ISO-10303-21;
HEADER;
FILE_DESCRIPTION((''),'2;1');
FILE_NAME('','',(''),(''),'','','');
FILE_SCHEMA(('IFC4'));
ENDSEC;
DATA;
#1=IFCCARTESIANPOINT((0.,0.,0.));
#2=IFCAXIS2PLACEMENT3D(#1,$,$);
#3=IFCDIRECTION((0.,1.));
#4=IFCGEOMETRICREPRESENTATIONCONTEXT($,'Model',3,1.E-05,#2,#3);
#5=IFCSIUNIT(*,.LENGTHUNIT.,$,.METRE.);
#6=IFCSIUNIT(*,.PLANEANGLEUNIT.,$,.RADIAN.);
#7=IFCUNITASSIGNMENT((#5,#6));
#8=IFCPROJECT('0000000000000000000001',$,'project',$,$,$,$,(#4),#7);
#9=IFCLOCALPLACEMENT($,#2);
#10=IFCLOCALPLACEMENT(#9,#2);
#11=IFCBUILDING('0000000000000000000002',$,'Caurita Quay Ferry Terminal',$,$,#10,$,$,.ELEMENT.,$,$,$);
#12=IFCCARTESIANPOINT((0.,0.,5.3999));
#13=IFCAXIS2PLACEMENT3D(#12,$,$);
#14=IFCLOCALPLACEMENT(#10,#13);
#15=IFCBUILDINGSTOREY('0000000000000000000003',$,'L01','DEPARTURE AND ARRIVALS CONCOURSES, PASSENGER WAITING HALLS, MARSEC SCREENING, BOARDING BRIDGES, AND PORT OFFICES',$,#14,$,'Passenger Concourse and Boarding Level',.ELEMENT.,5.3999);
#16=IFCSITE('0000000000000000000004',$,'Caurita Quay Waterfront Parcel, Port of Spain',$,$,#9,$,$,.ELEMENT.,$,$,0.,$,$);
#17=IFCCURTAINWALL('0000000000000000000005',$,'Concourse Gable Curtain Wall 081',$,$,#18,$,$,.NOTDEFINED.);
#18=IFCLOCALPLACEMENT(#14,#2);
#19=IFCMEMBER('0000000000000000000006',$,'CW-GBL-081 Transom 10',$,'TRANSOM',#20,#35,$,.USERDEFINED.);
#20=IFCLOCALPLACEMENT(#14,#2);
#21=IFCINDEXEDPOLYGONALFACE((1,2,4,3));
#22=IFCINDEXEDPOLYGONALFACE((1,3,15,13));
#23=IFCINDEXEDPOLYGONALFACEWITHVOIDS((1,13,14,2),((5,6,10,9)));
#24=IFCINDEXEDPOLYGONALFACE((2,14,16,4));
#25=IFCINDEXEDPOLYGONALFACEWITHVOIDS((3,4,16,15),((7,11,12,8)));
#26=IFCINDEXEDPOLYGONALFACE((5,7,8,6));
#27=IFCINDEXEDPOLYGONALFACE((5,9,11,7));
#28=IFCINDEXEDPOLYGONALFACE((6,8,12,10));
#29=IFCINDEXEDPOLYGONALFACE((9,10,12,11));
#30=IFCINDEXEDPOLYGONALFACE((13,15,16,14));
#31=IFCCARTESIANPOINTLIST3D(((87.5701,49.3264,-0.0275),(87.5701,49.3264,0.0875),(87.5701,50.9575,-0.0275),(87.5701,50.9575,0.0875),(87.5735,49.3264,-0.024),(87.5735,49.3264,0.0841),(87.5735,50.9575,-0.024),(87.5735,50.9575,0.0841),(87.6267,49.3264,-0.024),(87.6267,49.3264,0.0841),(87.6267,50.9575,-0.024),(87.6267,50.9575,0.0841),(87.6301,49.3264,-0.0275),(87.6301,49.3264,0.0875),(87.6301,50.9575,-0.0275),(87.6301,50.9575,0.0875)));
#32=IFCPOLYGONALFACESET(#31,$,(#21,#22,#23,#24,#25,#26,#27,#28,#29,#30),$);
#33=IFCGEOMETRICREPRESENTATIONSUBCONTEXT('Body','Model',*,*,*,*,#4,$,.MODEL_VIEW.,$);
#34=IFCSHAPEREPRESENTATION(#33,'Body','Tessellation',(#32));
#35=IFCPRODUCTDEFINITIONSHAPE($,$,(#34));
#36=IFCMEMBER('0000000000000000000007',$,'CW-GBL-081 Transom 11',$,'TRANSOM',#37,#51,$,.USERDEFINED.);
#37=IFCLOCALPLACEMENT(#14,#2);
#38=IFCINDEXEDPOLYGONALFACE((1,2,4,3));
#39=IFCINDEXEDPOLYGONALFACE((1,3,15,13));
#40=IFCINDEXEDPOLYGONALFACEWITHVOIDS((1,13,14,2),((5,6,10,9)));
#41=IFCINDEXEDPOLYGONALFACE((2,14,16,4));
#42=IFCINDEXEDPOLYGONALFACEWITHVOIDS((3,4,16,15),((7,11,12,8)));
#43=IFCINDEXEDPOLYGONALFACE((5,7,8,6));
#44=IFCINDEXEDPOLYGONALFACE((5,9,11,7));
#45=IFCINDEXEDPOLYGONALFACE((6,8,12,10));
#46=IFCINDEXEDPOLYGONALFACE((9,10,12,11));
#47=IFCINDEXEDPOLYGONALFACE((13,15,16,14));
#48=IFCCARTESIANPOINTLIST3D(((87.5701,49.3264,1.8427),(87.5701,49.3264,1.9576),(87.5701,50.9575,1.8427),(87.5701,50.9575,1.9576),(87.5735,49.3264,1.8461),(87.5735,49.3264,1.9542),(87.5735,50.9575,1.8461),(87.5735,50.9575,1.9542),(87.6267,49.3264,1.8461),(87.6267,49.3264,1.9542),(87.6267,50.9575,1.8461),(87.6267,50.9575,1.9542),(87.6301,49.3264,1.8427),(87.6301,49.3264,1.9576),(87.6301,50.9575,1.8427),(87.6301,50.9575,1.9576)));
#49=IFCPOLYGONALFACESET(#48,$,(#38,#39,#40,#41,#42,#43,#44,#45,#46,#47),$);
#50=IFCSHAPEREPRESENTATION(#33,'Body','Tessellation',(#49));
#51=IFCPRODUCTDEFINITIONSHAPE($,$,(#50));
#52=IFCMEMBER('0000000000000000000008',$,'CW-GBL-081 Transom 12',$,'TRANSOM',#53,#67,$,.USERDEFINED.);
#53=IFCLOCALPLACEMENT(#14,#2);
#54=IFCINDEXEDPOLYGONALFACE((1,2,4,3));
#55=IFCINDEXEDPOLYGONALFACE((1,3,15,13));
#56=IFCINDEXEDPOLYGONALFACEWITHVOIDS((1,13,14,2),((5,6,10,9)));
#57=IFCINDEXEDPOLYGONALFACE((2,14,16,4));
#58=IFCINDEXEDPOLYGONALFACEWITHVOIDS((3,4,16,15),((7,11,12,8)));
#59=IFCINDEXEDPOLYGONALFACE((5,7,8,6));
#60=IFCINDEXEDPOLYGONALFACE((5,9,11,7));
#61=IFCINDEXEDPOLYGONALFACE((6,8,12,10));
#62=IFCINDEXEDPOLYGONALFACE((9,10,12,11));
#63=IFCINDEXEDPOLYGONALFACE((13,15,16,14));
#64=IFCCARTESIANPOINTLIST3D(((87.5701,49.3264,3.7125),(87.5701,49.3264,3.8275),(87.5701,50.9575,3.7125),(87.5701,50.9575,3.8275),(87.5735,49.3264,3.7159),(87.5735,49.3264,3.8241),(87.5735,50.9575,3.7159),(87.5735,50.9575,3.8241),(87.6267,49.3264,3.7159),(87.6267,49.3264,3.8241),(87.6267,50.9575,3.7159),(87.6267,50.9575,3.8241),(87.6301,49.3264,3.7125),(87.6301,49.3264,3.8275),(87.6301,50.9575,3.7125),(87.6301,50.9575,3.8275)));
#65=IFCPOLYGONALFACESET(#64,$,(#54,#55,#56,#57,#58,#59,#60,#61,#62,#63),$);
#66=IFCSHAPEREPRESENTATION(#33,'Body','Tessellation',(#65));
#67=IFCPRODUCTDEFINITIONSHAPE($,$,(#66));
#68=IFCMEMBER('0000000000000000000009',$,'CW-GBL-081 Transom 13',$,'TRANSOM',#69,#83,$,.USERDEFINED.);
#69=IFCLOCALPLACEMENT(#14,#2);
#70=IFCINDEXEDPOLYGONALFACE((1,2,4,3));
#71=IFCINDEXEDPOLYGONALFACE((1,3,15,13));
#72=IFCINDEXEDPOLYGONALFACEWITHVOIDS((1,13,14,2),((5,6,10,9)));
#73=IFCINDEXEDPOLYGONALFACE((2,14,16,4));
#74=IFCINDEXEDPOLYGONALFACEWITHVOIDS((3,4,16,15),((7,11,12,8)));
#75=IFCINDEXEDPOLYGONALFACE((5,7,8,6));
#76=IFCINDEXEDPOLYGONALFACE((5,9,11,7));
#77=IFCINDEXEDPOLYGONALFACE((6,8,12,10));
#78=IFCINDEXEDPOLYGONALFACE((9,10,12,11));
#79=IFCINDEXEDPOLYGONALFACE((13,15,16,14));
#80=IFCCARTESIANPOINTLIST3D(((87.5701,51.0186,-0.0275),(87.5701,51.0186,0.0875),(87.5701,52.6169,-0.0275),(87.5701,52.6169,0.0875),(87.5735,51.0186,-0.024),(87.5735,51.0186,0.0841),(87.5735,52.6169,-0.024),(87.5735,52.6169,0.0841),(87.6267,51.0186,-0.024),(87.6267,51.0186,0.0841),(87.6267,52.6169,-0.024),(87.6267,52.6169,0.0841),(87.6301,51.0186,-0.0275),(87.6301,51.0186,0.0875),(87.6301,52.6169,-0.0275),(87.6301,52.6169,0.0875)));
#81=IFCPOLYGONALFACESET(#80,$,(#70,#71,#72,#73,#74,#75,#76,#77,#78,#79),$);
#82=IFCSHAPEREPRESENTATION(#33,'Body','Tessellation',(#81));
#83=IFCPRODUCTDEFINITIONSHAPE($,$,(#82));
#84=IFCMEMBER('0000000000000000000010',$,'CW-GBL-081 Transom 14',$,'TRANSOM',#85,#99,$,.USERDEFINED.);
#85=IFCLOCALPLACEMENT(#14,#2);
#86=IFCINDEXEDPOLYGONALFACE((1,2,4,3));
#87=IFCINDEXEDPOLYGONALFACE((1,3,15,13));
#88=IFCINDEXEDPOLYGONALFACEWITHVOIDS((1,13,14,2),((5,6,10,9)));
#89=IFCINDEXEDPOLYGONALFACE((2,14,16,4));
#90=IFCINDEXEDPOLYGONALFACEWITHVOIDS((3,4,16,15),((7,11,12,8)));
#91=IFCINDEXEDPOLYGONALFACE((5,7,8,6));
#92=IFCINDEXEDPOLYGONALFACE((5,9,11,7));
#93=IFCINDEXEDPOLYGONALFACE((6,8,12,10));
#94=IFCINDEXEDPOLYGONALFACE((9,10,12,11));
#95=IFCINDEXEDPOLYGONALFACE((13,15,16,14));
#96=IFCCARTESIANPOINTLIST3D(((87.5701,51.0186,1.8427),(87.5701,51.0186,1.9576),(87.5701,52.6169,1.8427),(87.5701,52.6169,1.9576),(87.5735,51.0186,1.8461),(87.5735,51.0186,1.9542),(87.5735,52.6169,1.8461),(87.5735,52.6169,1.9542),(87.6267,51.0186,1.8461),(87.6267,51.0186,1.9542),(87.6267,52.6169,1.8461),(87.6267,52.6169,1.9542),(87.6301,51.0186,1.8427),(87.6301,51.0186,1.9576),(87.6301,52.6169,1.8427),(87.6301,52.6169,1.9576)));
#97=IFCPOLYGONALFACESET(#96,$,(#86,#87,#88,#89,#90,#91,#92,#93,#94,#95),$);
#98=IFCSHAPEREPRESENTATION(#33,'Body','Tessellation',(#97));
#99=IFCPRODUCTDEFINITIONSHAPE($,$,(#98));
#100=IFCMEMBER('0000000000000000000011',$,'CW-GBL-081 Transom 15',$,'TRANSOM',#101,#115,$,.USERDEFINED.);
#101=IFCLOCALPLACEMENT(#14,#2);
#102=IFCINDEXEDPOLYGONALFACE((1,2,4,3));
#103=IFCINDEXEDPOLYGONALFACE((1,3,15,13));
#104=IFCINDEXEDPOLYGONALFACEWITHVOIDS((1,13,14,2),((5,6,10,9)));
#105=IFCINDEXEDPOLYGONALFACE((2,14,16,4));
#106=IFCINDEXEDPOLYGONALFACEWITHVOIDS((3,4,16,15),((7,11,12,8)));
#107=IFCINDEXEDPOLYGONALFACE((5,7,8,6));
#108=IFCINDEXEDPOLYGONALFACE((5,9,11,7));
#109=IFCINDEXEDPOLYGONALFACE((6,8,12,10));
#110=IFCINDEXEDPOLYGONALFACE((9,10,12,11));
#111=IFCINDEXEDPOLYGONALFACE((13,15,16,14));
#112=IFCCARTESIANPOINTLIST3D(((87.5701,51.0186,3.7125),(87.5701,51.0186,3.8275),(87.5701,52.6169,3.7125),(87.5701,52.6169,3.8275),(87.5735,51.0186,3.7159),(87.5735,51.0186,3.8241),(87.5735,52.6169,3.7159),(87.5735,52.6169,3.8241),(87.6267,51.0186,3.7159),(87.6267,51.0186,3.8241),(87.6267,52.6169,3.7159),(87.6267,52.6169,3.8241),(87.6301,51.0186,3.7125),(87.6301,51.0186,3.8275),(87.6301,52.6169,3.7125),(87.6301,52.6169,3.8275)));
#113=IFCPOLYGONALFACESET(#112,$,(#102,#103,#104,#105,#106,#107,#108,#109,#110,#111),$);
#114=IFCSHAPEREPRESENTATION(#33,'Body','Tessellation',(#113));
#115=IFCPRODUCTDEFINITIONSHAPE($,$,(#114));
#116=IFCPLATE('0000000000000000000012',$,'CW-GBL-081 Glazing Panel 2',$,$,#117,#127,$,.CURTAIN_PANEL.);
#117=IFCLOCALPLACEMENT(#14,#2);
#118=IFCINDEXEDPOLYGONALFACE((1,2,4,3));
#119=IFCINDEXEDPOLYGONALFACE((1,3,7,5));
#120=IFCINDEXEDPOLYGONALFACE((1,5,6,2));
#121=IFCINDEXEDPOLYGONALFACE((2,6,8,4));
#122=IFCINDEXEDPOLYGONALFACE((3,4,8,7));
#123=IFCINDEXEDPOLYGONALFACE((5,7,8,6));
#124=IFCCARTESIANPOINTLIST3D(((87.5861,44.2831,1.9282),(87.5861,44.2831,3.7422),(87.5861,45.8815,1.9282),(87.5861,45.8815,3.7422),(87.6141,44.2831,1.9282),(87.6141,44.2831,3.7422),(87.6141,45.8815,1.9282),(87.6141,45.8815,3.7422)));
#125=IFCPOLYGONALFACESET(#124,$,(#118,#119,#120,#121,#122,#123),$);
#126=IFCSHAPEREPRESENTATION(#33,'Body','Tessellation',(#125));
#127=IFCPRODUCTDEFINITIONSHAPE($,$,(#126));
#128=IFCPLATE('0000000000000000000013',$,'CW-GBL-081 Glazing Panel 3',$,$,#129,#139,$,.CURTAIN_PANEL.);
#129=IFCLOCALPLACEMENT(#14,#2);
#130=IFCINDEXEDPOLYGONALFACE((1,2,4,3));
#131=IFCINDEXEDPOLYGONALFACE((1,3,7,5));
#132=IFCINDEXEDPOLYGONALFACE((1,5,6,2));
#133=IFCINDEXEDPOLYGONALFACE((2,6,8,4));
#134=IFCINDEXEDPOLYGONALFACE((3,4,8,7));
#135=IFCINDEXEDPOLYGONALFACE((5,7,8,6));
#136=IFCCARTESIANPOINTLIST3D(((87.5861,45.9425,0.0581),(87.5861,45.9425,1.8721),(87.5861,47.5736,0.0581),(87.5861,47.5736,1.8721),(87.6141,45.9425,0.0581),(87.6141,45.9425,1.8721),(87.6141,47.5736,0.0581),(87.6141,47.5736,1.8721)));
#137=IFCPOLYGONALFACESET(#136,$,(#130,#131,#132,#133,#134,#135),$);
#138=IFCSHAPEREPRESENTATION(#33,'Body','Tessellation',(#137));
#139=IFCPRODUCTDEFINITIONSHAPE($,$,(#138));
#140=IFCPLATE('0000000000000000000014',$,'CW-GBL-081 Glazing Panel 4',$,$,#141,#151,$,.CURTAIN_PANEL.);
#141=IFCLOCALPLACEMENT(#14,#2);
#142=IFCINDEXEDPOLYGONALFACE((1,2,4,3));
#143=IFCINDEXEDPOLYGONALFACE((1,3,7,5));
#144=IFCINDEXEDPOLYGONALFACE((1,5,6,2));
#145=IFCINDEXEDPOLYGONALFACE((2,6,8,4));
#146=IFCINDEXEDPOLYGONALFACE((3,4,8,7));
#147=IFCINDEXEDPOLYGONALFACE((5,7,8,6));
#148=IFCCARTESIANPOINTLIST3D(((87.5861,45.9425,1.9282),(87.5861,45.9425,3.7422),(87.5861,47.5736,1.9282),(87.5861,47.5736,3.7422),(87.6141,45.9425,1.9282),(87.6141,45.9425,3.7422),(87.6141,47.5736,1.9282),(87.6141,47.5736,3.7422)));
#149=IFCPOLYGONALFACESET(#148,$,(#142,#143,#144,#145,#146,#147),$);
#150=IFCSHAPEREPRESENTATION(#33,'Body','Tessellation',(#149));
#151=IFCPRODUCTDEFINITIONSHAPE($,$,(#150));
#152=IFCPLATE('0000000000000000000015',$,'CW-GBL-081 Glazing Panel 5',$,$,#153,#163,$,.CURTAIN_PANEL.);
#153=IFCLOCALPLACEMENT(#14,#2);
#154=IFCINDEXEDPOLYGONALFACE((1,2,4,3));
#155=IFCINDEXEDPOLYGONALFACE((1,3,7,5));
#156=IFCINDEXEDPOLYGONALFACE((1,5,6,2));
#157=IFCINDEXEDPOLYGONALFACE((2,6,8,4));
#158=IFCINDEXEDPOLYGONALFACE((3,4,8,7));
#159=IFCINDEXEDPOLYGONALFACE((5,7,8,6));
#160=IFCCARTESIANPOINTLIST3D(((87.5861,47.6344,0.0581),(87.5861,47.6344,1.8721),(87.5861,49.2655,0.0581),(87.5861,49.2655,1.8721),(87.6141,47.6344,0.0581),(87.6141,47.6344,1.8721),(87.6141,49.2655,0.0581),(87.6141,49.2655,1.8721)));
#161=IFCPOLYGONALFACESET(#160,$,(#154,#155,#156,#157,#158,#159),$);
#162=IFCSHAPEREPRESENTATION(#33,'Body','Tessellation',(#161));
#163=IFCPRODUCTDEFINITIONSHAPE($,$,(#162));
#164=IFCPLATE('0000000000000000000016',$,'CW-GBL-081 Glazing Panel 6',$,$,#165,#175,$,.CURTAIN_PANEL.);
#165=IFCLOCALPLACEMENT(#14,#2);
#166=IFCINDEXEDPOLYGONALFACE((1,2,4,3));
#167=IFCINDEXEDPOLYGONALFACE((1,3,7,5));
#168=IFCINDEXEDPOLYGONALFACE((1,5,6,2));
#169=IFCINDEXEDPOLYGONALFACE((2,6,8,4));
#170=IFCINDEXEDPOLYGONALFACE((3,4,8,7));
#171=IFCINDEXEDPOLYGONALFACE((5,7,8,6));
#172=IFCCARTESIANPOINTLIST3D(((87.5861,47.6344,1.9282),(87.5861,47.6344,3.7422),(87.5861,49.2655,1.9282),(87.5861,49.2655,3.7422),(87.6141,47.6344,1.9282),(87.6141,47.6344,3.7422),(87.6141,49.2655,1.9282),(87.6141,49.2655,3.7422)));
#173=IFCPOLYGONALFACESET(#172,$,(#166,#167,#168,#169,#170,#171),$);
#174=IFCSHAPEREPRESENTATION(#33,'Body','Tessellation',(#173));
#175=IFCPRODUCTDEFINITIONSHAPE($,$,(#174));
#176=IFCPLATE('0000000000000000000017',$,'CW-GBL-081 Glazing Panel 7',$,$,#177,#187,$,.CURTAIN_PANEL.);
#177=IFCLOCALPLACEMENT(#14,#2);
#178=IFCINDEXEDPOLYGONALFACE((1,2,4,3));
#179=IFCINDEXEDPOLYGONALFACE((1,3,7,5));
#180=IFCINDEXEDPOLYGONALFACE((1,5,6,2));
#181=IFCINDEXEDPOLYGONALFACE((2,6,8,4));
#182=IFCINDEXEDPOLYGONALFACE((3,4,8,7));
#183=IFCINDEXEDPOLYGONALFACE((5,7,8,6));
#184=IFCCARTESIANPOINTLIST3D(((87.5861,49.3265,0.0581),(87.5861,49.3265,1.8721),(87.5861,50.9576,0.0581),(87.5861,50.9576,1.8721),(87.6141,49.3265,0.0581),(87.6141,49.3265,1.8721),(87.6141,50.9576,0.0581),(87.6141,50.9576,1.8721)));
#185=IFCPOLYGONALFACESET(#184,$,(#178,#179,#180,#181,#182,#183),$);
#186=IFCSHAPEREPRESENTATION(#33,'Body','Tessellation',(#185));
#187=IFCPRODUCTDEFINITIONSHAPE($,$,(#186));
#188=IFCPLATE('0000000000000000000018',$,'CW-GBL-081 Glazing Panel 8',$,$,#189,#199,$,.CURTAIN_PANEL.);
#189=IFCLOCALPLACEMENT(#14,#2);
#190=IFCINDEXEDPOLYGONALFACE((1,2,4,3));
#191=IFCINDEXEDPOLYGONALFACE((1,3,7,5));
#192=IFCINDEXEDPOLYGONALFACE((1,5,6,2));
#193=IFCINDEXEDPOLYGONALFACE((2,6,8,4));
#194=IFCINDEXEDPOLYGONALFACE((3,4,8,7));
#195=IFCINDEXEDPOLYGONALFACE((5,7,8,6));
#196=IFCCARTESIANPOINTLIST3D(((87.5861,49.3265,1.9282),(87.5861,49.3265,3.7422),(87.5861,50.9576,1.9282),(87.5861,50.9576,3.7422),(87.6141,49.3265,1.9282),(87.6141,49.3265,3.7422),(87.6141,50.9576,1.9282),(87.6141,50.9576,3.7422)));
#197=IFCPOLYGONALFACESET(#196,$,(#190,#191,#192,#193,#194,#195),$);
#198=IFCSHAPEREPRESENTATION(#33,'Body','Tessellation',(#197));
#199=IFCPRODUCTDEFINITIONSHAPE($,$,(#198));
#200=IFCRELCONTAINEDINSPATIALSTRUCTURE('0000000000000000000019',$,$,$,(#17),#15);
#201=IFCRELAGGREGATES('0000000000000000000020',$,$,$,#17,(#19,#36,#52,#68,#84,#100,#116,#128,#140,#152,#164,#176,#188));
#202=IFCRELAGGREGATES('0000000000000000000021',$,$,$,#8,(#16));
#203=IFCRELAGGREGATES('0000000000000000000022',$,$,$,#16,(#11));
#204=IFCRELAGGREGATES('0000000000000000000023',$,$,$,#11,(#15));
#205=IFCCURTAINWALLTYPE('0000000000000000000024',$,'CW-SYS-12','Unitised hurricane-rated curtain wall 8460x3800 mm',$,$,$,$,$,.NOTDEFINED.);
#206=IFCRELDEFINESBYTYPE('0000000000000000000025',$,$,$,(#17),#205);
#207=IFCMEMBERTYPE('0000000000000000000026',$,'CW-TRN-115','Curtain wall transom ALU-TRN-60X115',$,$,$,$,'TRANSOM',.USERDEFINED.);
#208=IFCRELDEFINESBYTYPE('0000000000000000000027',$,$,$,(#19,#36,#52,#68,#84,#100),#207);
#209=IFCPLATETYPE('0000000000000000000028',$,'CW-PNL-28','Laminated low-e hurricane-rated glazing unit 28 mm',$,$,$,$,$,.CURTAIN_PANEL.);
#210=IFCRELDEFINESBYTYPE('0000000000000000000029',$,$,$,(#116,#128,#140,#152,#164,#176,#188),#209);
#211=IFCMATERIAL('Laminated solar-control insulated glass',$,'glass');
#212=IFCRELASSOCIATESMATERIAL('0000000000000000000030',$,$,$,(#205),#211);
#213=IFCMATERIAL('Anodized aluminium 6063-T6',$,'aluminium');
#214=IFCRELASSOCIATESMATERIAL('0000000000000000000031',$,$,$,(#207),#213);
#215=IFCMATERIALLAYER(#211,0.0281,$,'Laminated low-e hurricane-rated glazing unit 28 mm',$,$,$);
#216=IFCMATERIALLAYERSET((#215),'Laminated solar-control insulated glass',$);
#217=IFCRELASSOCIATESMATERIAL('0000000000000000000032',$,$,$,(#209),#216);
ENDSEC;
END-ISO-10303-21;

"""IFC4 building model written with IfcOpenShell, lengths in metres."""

from ifc_helpers import new_model, si_unit, direction, frame, origin, origin_2d, place, context, subcontext, project, spatial, rectangle, hollow_rectangle, extrude, material, layer, layer_set, material_profile, profile_set, type_object, element, aggregate, save


model = new_model("IFC4")

# Units and contexts
model_context = context("Model", 3, precision=1e-05, world=origin(), true_north=direction((0.0, 1.0)))
body_context = subcontext(model_context, "Body", "Model", "MODEL_VIEW")
ifc_project = project(units=[si_unit("LENGTHUNIT", "METRE"), si_unit("PLANEANGLEUNIT", "RADIAN")], contexts=[model_context])

# Site, building, storey
site_placement = place(None, origin())
site = spatial("IfcSite", under=ifc_project, at=site_placement, Name="Caurita Quay Waterfront Parcel, Port of Spain", CompositionType="ELEMENT", RefElevation=0.0)
building_placement = place(site_placement, origin())
building = spatial("IfcBuilding", under=site, at=building_placement, Name="Caurita Quay Ferry Terminal", CompositionType="ELEMENT")
storey_placement = place(building_placement, frame((0.0, 0.0, 5.3999)))
storey = spatial("IfcBuildingStorey", under=building, at=storey_placement, Name="L01", Description="DEPARTURE AND ARRIVALS CONCOURSES, PASSENGER WAITING HALLS, MARSEC SCREENING, BOARDING BRIDGES, AND PORT OFFICES", LongName="Passenger Concourse and Boarding Level", CompositionType="ELEMENT", Elevation=5.3999)

# Curtain wall, members, plates
ifc_material_1 = material(Name="Laminated solar-control insulated glass", Category="glass")
curtain_wall_type = type_object("IfcCurtainWallType", Name="CW-SYS-12", Description="Unitised hurricane-rated curtain wall 8460x3800 mm", PredefinedType="NOTDEFINED", material=ifc_material_1)
curtain_wall_placement = place(storey_placement, origin())
curtain_wall = element("IfcCurtainWall", 1, at=curtain_wall_placement, inside=storey, type_object=curtain_wall_type, Name="Concourse Gable Curtain Wall 081", PredefinedType="NOTDEFINED")
ifc_material_2 = material(Name="Anodized aluminium 6063-T6", Category="aluminium")
ifc_material_profile_1 = material_profile(ifc_material_2, hollow_rectangle(XDim=0.0601, YDim=0.115, WallThickness=0.0034, at=origin_2d()), Name="ALU-TRN-60X115")
ifc_profile_set_1 = profile_set([ifc_material_profile_1], Name="Anodized aluminium 6063-T6")
member_type_1 = type_object("IfcMemberType", Name="CW-TRN-115", Description="Curtain wall transom ALU-TRN-60X115", ElementType="TRANSOM", PredefinedType="USERDEFINED", material=ifc_profile_set_1)
member_1_placement = place(storey_placement, frame((87.6001, 49.3264, 0.03), z_axis=(0.0, 1.0, 0.0), x_axis=(-1.0, 0.0, 0.0)))
member_1 = element("IfcMember", 2, at=member_1_placement, type_object=member_type_1, Name="CW-GBL-081 Transom 10", ObjectType="TRANSOM", PredefinedType="USERDEFINED", context=body_context, shape_type="SweptSolid", body=[
    extrude(hollow_rectangle(XDim=0.0601, YDim=0.115, WallThickness=0.0034, at=origin_2d()), origin(), (0.0, 0.0, 1.0), 1.6311),
])
member_2_placement = place(storey_placement, frame((87.6001, 49.3264, 1.9001), z_axis=(0.0, 1.0, 0.0), x_axis=(-1.0, 0.0, 0.0)))
member_2 = element("IfcMember", 3, at=member_2_placement, type_object=member_type_1, Name="CW-GBL-081 Transom 11", ObjectType="TRANSOM", PredefinedType="USERDEFINED", context=body_context, shape_type="SweptSolid", body=[
    extrude(hollow_rectangle(XDim=0.0601, YDim=0.115, WallThickness=0.0034, at=origin_2d()), origin(), (0.0, 0.0, 1.0), 1.6311),
])
member_3_placement = place(storey_placement, frame((87.6001, 49.3264, 3.77), z_axis=(0.0, 1.0, 0.0), x_axis=(-1.0, 0.0, 0.0)))
member_3 = element("IfcMember", 4, at=member_3_placement, type_object=member_type_1, Name="CW-GBL-081 Transom 12", ObjectType="TRANSOM", PredefinedType="USERDEFINED", context=body_context, shape_type="SweptSolid", body=[
    extrude(hollow_rectangle(XDim=0.0601, YDim=0.115, WallThickness=0.0034, at=origin_2d()), origin(), (0.0, 0.0, 1.0), 1.6311),
])
member_4_placement = place(storey_placement, frame((87.6001, 51.0186, 0.03), z_axis=(0.0, 1.0, 0.0), x_axis=(-1.0, 0.0, 0.0)))
member_4 = element("IfcMember", 5, at=member_4_placement, type_object=member_type_1, Name="CW-GBL-081 Transom 13", ObjectType="TRANSOM", PredefinedType="USERDEFINED", context=body_context, shape_type="SweptSolid", body=[
    extrude(hollow_rectangle(XDim=0.0601, YDim=0.115, WallThickness=0.0034, at=origin_2d()), origin(), (0.0, 0.0, 1.0), 1.5984),
])
member_5_placement = place(storey_placement, frame((87.6001, 51.0186, 1.9001), z_axis=(0.0, 1.0, 0.0), x_axis=(-1.0, 0.0, 0.0)))
member_5 = element("IfcMember", 6, at=member_5_placement, type_object=member_type_1, Name="CW-GBL-081 Transom 14", ObjectType="TRANSOM", PredefinedType="USERDEFINED", context=body_context, shape_type="SweptSolid", body=[
    extrude(hollow_rectangle(XDim=0.0601, YDim=0.115, WallThickness=0.0034, at=origin_2d()), origin(), (0.0, 0.0, 1.0), 1.5984),
])
member_6_placement = place(storey_placement, frame((87.6001, 51.0186, 3.77), z_axis=(0.0, 1.0, 0.0), x_axis=(-1.0, 0.0, 0.0)))
member_6 = element("IfcMember", 7, at=member_6_placement, type_object=member_type_1, Name="CW-GBL-081 Transom 15", ObjectType="TRANSOM", PredefinedType="USERDEFINED", context=body_context, shape_type="SweptSolid", body=[
    extrude(hollow_rectangle(XDim=0.0601, YDim=0.115, WallThickness=0.0034, at=origin_2d()), origin(), (0.0, 0.0, 1.0), 1.5984),
])
ifc_layer = layer(ifc_material_1, 0.0281, Name="Laminated low-e hurricane-rated glazing unit 28 mm")
ifc_layer_set = layer_set([ifc_layer], Name="Laminated solar-control insulated glass")
plate_type = type_object("IfcPlateType", Name="CW-PNL-28", Description="Laminated low-e hurricane-rated glazing unit 28 mm", PredefinedType="CURTAIN_PANEL", material=ifc_layer_set)
plate_1_placement = place(storey_placement, frame((87.6001, 45.0823, 1.9282), z_axis=(0.0, 0.0, 1.0), x_axis=(0.0, 1.0, 0.0)))
plate_1 = element("IfcPlate", 8, at=plate_1_placement, type_object=plate_type, Name="CW-GBL-081 Glazing Panel 2", PredefinedType="CURTAIN_PANEL", context=body_context, shape_type="SweptSolid", body=[
    extrude(rectangle(XDim=1.5984, YDim=0.0281, at=origin_2d()), origin(), (0.0, 0.0, 1.0), 1.814),
])
plate_2_placement = place(storey_placement, frame((87.6001, 46.7581, 0.0581), z_axis=(0.0, 0.0, 1.0), x_axis=(0.0, 1.0, 0.0)))
plate_2 = element("IfcPlate", 9, at=plate_2_placement, type_object=plate_type, Name="CW-GBL-081 Glazing Panel 3", PredefinedType="CURTAIN_PANEL", context=body_context, shape_type="SweptSolid", body=[
    extrude(rectangle(XDim=1.6311, YDim=0.0281, at=origin_2d()), origin(), (0.0, 0.0, 1.0), 1.814),
])
plate_3_placement = place(storey_placement, frame((87.6001, 46.7581, 1.9282), z_axis=(0.0, 0.0, 1.0), x_axis=(0.0, 1.0, 0.0)))
plate_3 = element("IfcPlate", 10, at=plate_3_placement, type_object=plate_type, Name="CW-GBL-081 Glazing Panel 4", PredefinedType="CURTAIN_PANEL", context=body_context, shape_type="SweptSolid", body=[
    extrude(rectangle(XDim=1.6311, YDim=0.0281, at=origin_2d()), origin(), (0.0, 0.0, 1.0), 1.814),
])
plate_4_placement = place(storey_placement, frame((87.6001, 48.45, 0.0581), z_axis=(0.0, 0.0, 1.0), x_axis=(0.0, 1.0, 0.0)))
plate_4 = element("IfcPlate", 11, at=plate_4_placement, type_object=plate_type, Name="CW-GBL-081 Glazing Panel 5", PredefinedType="CURTAIN_PANEL", context=body_context, shape_type="SweptSolid", body=[
    extrude(rectangle(XDim=1.6311, YDim=0.0281, at=origin_2d()), origin(), (0.0, 0.0, 1.0), 1.814),
])
plate_5_placement = place(storey_placement, frame((87.6001, 48.45, 1.9282), z_axis=(0.0, 0.0, 1.0), x_axis=(0.0, 1.0, 0.0)))
plate_5 = element("IfcPlate", 12, at=plate_5_placement, type_object=plate_type, Name="CW-GBL-081 Glazing Panel 6", PredefinedType="CURTAIN_PANEL", context=body_context, shape_type="SweptSolid", body=[
    extrude(rectangle(XDim=1.6311, YDim=0.0281, at=origin_2d()), origin(), (0.0, 0.0, 1.0), 1.814),
])
plate_6_placement = place(storey_placement, frame((87.6001, 50.1421, 0.0581), z_axis=(0.0, 0.0, 1.0), x_axis=(0.0, 1.0, 0.0)))
plate_6 = element("IfcPlate", 13, at=plate_6_placement, type_object=plate_type, Name="CW-GBL-081 Glazing Panel 7", PredefinedType="CURTAIN_PANEL", context=body_context, shape_type="SweptSolid", body=[
    extrude(rectangle(XDim=1.6311, YDim=0.0281, at=origin_2d()), origin(), (0.0, 0.0, 1.0), 1.814),
])
plate_7_placement = place(storey_placement, frame((87.6001, 50.1421, 1.9282), z_axis=(0.0, 0.0, 1.0), x_axis=(0.0, 1.0, 0.0)))
plate_7 = element("IfcPlate", 14, at=plate_7_placement, type_object=plate_type, Name="CW-GBL-081 Glazing Panel 8", PredefinedType="CURTAIN_PANEL", context=body_context, shape_type="SweptSolid", body=[
    extrude(rectangle(XDim=1.6311, YDim=0.0281, at=origin_2d()), origin(), (0.0, 0.0, 1.0), 1.814),
])
aggregate(curtain_wall, [member_1, member_2, member_3, member_4, member_5, member_6, plate_1, plate_2, plate_3, plate_4, plate_5, plate_6, plate_7])

save(model, "model.ifc")
